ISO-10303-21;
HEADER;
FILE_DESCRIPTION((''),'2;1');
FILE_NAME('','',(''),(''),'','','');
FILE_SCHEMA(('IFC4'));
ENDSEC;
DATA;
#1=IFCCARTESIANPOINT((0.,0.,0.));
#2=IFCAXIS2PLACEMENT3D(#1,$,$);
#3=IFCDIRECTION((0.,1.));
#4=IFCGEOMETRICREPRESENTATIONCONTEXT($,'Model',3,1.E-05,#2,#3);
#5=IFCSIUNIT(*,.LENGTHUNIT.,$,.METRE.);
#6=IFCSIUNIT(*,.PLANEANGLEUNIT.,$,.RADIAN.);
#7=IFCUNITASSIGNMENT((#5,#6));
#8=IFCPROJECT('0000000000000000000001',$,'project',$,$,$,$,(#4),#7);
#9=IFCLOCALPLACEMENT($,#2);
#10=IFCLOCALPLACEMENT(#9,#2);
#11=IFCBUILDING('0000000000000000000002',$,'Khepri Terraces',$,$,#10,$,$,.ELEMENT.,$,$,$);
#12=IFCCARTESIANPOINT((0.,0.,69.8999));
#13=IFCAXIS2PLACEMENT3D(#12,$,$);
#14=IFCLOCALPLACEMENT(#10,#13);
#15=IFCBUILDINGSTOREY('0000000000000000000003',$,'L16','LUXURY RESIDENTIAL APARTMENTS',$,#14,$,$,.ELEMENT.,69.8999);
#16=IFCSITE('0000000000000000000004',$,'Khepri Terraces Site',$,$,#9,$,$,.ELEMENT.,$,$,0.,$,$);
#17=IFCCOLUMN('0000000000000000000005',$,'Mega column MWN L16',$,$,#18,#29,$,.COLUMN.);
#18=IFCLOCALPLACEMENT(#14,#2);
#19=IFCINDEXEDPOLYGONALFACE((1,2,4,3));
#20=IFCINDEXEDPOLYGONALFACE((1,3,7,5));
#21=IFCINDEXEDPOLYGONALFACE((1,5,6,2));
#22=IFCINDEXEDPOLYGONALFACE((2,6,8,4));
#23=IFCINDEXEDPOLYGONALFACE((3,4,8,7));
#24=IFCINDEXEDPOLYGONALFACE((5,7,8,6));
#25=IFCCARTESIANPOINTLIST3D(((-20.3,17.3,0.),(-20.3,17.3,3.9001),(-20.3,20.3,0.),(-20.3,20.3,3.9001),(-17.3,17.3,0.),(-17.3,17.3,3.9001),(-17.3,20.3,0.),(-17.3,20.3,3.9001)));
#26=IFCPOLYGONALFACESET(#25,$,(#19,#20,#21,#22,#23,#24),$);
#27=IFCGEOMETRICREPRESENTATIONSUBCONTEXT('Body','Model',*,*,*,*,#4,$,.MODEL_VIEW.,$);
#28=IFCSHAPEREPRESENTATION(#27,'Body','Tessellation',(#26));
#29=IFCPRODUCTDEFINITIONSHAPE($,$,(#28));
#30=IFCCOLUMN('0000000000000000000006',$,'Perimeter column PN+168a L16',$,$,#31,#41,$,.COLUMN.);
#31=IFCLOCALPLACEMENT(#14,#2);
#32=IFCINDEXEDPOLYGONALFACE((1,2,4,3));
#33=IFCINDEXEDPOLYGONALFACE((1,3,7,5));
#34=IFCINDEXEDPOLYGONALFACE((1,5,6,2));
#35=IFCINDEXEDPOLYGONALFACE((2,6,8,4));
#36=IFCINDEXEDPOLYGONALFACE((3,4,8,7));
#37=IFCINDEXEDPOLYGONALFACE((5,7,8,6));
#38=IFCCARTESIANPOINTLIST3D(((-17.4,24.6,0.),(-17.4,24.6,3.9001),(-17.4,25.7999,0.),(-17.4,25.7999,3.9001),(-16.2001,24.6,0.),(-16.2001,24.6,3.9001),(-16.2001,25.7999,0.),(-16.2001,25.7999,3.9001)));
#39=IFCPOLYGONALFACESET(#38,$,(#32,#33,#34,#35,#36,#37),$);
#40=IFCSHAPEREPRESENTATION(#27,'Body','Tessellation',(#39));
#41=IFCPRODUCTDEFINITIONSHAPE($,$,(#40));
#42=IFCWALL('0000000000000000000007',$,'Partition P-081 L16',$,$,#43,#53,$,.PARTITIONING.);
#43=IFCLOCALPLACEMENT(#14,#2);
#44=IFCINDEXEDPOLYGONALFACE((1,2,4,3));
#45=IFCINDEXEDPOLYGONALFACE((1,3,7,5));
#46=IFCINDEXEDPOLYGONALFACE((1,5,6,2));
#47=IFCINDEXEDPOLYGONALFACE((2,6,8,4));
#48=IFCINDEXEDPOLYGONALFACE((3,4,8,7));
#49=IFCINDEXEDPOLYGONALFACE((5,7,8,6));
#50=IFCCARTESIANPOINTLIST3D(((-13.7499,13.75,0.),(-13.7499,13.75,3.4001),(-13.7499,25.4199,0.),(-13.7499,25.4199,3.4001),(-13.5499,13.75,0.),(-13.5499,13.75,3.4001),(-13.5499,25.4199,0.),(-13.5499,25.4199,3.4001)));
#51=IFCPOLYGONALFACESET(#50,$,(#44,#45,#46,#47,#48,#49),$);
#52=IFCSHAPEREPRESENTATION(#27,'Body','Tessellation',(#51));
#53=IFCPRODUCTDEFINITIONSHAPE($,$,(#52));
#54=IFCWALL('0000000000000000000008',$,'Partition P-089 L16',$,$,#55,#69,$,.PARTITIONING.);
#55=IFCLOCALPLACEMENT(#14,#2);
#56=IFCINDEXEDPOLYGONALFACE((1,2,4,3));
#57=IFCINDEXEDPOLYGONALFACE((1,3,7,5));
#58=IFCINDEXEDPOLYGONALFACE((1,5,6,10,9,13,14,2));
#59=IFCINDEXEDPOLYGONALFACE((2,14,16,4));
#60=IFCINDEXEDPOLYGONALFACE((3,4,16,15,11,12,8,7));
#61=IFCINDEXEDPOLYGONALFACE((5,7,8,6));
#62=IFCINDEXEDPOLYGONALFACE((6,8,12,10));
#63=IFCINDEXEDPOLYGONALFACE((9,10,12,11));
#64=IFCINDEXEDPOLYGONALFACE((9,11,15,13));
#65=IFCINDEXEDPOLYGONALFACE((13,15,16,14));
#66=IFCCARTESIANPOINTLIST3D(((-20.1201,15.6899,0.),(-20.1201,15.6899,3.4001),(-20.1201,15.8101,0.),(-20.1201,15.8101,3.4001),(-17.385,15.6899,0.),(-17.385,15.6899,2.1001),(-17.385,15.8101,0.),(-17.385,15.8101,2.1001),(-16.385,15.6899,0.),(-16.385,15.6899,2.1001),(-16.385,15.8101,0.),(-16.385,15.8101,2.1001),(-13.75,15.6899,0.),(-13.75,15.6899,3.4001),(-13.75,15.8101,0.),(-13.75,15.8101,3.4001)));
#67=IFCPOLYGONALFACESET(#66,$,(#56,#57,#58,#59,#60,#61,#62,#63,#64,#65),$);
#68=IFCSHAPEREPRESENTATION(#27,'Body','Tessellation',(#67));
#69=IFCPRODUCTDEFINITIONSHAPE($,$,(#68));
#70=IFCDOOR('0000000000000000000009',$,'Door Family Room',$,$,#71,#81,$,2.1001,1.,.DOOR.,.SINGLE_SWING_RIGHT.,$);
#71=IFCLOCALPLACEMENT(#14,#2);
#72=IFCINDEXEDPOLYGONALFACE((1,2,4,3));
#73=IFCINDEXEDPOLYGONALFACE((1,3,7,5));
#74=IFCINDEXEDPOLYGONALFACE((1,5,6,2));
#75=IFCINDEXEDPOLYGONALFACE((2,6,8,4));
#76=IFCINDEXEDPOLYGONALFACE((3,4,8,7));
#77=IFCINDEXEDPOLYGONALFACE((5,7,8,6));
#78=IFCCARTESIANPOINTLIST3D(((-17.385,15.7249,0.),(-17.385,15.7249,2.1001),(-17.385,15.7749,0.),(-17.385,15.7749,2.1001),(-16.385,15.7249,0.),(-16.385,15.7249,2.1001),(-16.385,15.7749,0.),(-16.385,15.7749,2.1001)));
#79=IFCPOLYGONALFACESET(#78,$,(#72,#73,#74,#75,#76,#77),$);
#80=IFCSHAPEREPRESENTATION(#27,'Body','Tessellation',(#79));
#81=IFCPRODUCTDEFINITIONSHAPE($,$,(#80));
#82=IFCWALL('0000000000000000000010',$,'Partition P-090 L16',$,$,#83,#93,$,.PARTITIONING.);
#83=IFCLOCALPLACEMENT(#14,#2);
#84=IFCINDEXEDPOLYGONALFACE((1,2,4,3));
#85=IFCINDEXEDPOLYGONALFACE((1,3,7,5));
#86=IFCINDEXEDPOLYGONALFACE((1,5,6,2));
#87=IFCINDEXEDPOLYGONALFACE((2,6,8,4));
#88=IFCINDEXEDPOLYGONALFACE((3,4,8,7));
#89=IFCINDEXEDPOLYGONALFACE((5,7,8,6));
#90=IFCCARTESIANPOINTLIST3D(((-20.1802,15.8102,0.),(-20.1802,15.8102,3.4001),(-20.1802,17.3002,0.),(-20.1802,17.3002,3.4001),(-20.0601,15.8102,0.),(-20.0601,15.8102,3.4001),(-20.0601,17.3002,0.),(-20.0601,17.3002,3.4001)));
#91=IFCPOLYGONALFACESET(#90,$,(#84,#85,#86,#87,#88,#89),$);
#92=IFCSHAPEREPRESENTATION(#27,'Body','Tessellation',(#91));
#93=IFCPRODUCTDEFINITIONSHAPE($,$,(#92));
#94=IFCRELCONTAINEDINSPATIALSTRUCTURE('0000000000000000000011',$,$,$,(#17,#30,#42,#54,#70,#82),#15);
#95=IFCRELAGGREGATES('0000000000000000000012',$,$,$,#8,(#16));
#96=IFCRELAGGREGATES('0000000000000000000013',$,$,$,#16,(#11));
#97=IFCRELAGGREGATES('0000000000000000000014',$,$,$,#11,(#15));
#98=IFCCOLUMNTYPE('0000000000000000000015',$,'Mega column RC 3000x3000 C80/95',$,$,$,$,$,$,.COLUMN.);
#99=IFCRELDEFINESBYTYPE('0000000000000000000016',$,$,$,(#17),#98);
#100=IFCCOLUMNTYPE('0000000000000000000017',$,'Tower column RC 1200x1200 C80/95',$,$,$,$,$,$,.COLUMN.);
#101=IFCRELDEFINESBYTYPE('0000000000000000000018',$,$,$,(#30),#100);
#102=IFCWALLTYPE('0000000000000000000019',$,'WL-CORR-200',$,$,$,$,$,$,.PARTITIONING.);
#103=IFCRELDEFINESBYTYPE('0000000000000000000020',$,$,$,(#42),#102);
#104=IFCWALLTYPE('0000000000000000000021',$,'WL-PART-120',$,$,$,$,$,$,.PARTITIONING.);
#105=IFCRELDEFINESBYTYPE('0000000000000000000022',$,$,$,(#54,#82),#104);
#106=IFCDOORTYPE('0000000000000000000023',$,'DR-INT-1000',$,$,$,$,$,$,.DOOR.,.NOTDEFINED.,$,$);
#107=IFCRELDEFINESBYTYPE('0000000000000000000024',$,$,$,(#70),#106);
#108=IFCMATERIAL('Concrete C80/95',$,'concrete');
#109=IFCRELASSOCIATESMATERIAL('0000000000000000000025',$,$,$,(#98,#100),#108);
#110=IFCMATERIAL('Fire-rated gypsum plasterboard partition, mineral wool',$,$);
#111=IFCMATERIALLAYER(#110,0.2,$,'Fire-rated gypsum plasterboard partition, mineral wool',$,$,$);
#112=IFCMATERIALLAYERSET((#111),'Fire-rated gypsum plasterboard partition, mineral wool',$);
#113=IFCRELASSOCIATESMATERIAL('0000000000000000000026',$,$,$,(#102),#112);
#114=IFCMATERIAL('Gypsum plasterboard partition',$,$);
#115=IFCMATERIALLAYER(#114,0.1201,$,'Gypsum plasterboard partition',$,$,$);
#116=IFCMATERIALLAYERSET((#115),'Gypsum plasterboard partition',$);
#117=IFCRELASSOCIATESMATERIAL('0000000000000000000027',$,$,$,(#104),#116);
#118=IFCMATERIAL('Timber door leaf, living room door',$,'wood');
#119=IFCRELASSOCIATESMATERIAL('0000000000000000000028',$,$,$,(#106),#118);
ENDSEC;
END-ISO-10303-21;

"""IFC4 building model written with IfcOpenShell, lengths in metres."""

from ifc_helpers import new_model, si_unit, direction, frame, frame_2d, origin, origin_2d, place, context, subcontext, project, spatial, rectangle, extrude, material, layer, layer_set, material_profile, profile_set, type_object, element, fill, save


model = new_model("IFC4")

# Units and contexts
model_context = context("Model", 3, precision=1e-05, world=origin(), true_north=direction((0.0, 1.0)))
body_context = subcontext(model_context, "Body", "Model", "MODEL_VIEW")
ifc_project = project(units=[si_unit("LENGTHUNIT", "METRE"), si_unit("PLANEANGLEUNIT", "RADIAN")], contexts=[model_context])

# Site, building, storey
site_placement = place(None, origin())
site = spatial("IfcSite", under=ifc_project, at=site_placement, Name="Khepri Terraces Site", CompositionType="ELEMENT", RefElevation=0.0)
building_placement = place(site_placement, origin())
building = spatial("IfcBuilding", under=site, at=building_placement, Name="Khepri Terraces", CompositionType="ELEMENT")
storey_placement = place(building_placement, frame((0.0, 0.0, 69.8999)))
storey = spatial("IfcBuildingStorey", under=building, at=storey_placement, Name="L16", Description="LUXURY RESIDENTIAL APARTMENTS", CompositionType="ELEMENT", Elevation=69.8999)

# Columns
ifc_material_1 = material(Name="Concrete C80/95", Category="concrete")
ifc_material_profile_1 = material_profile(ifc_material_1, rectangle(XDim=3.0, YDim=3.0, at=origin_2d()), Name="Concrete C80/95", Category="concrete")
ifc_profile_set_1 = profile_set([ifc_material_profile_1], Name="Concrete C80/95")
column_type_1 = type_object("IfcColumnType", Name="Mega column RC 3000x3000 C80/95", PredefinedType="COLUMN", material=ifc_profile_set_1)
column_1_placement = place(storey_placement, frame((-18.8, 18.8, 0.0), z_axis=(0.0, 0.0, 1.0), x_axis=(1.0, 0.0, 0.0)))
element("IfcColumn", 1, at=column_1_placement, inside=storey, type_object=column_type_1, Name="Mega column MWN L16", PredefinedType="COLUMN", context=body_context, shape_type="SweptSolid", body=[
    extrude(rectangle(XDim=3.0, YDim=3.0, at=origin_2d()), origin(), (0.0, 0.0, 1.0), 3.9001),
])
ifc_material_profile_2 = material_profile(ifc_material_1, rectangle(XDim=1.2, YDim=1.2, at=origin_2d()), Name="Concrete C80/95", Category="concrete")
ifc_profile_set_2 = profile_set([ifc_material_profile_2], Name="Concrete C80/95")
column_type_2 = type_object("IfcColumnType", Name="Tower column RC 1200x1200 C80/95", PredefinedType="COLUMN", material=ifc_profile_set_2)
column_2_placement = place(storey_placement, frame((-16.8, 25.2, 0.0), z_axis=(0.0, 0.0, 1.0), x_axis=(1.0, 0.0, 0.0)))
element("IfcColumn", 2, at=column_2_placement, inside=storey, type_object=column_type_2, Name="Perimeter column PN+168a L16", PredefinedType="COLUMN", context=body_context, shape_type="SweptSolid", body=[
    extrude(rectangle(XDim=1.2, YDim=1.2, at=origin_2d()), origin(), (0.0, 0.0, 1.0), 3.9001),
])

# Wall
ifc_material_2 = material(Name="Fire-rated gypsum plasterboard partition, mineral wool")
ifc_layer_1 = layer(ifc_material_2, 0.2, Name="Fire-rated gypsum plasterboard partition, mineral wool")
ifc_layer_set_1 = layer_set([ifc_layer_1], Name="Fire-rated gypsum plasterboard partition, mineral wool")
wall_type_1 = type_object("IfcWallType", Name="WL-CORR-200", PredefinedType="PARTITIONING", material=ifc_layer_set_1)
wall_1_placement = place(storey_placement, frame((-13.6499, 13.75, 0.0), z_axis=(0.0, 0.0, 1.0), x_axis=(0.0, 1.0, 0.0)))
element("IfcWall", 3, at=wall_1_placement, inside=storey, type_object=wall_type_1, Name="Partition P-081 L16", PredefinedType="PARTITIONING", context=body_context, shape_type="SweptSolid", body=[
    extrude(rectangle(XDim=11.6699, YDim=0.2, at=frame_2d((5.835, 0.0))), origin(), (0.0, 0.0, 1.0), 3.4001),
])

# Wall, opening, door
ifc_material_3 = material(Name="Gypsum plasterboard partition")
ifc_layer_2 = layer(ifc_material_3, 0.1201, Name="Gypsum plasterboard partition")
ifc_layer_set_2 = layer_set([ifc_layer_2], Name="Gypsum plasterboard partition")
wall_type_2 = type_object("IfcWallType", Name="WL-PART-120", PredefinedType="PARTITIONING", material=ifc_layer_set_2)
wall_2_placement = place(storey_placement, frame((-20.1201, 15.75, 0.0), z_axis=(0.0, 0.0, 1.0), x_axis=(1.0, 0.0, 0.0)))
wall_2 = element("IfcWall", 4, at=wall_2_placement, inside=storey, type_object=wall_type_2, Name="Partition P-089 L16", PredefinedType="PARTITIONING", context=body_context, shape_type="SweptSolid", body=[
    extrude(rectangle(XDim=6.3701, YDim=0.1201, at=frame_2d((3.1851, 0.0))), origin(), (0.0, 0.0, 1.0), 3.4001),
])
opening_1_placement = place(wall_2_placement, frame((2.7351, 0.0, 0.0)))
opening_1 = element("IfcOpeningElement", 5, at=opening_1_placement, cuts=wall_2, PredefinedType="OPENING", context=body_context, shape_type="SweptSolid", body=[
    extrude(rectangle(XDim=1.0, YDim=2.1001, at=frame_2d((0.5, 1.05))), frame((0.0, 0.0701, 0.0), z_axis=(0.0, -1.0, 0.0), x_axis=(1.0, 0.0, 0.0)), (0.0, 0.0, 1.0), 0.1401),
])
ifc_material_4 = material(Name="Timber door leaf, living room door", Category="wood")
door_type_1 = type_object("IfcDoorType", Name="DR-INT-1000", OperationType="NOTDEFINED", PredefinedType="DOOR", material=ifc_material_4)
door_1_placement = place(opening_1_placement, origin())
door_1 = element("IfcDoor", 6, at=door_1_placement, inside=storey, type_object=door_type_1, Name="Door Family Room", OperationType="SINGLE_SWING_RIGHT", OverallHeight=2.1001, OverallWidth=1.0, PredefinedType="DOOR", context=body_context, shape_type="SweptSolid", body=[
    extrude(rectangle(XDim=1.0, YDim=2.1001, at=frame_2d((0.5, 1.05))), frame((0.0, 0.0249, 0.0), z_axis=(0.0, -1.0, 0.0), x_axis=(1.0, 0.0, 0.0)), (0.0, 0.0, 1.0), 0.05),
])
fill(opening_1, door_1)

# Wall
wall_3_placement = place(storey_placement, frame((-20.1201, 15.8101, 0.0), z_axis=(0.0, 0.0, 1.0), x_axis=(0.0, 1.0, 0.0)))
element("IfcWall", 7, at=wall_3_placement, inside=storey, type_object=wall_type_2, Name="Partition P-090 L16", PredefinedType="PARTITIONING", context=body_context, shape_type="SweptSolid", body=[
    extrude(rectangle(XDim=1.49, YDim=0.1201, at=frame_2d((0.7451, 0.0))), origin(), (0.0, 0.0, 1.0), 3.4001),
])

save(model, "model.ifc")
